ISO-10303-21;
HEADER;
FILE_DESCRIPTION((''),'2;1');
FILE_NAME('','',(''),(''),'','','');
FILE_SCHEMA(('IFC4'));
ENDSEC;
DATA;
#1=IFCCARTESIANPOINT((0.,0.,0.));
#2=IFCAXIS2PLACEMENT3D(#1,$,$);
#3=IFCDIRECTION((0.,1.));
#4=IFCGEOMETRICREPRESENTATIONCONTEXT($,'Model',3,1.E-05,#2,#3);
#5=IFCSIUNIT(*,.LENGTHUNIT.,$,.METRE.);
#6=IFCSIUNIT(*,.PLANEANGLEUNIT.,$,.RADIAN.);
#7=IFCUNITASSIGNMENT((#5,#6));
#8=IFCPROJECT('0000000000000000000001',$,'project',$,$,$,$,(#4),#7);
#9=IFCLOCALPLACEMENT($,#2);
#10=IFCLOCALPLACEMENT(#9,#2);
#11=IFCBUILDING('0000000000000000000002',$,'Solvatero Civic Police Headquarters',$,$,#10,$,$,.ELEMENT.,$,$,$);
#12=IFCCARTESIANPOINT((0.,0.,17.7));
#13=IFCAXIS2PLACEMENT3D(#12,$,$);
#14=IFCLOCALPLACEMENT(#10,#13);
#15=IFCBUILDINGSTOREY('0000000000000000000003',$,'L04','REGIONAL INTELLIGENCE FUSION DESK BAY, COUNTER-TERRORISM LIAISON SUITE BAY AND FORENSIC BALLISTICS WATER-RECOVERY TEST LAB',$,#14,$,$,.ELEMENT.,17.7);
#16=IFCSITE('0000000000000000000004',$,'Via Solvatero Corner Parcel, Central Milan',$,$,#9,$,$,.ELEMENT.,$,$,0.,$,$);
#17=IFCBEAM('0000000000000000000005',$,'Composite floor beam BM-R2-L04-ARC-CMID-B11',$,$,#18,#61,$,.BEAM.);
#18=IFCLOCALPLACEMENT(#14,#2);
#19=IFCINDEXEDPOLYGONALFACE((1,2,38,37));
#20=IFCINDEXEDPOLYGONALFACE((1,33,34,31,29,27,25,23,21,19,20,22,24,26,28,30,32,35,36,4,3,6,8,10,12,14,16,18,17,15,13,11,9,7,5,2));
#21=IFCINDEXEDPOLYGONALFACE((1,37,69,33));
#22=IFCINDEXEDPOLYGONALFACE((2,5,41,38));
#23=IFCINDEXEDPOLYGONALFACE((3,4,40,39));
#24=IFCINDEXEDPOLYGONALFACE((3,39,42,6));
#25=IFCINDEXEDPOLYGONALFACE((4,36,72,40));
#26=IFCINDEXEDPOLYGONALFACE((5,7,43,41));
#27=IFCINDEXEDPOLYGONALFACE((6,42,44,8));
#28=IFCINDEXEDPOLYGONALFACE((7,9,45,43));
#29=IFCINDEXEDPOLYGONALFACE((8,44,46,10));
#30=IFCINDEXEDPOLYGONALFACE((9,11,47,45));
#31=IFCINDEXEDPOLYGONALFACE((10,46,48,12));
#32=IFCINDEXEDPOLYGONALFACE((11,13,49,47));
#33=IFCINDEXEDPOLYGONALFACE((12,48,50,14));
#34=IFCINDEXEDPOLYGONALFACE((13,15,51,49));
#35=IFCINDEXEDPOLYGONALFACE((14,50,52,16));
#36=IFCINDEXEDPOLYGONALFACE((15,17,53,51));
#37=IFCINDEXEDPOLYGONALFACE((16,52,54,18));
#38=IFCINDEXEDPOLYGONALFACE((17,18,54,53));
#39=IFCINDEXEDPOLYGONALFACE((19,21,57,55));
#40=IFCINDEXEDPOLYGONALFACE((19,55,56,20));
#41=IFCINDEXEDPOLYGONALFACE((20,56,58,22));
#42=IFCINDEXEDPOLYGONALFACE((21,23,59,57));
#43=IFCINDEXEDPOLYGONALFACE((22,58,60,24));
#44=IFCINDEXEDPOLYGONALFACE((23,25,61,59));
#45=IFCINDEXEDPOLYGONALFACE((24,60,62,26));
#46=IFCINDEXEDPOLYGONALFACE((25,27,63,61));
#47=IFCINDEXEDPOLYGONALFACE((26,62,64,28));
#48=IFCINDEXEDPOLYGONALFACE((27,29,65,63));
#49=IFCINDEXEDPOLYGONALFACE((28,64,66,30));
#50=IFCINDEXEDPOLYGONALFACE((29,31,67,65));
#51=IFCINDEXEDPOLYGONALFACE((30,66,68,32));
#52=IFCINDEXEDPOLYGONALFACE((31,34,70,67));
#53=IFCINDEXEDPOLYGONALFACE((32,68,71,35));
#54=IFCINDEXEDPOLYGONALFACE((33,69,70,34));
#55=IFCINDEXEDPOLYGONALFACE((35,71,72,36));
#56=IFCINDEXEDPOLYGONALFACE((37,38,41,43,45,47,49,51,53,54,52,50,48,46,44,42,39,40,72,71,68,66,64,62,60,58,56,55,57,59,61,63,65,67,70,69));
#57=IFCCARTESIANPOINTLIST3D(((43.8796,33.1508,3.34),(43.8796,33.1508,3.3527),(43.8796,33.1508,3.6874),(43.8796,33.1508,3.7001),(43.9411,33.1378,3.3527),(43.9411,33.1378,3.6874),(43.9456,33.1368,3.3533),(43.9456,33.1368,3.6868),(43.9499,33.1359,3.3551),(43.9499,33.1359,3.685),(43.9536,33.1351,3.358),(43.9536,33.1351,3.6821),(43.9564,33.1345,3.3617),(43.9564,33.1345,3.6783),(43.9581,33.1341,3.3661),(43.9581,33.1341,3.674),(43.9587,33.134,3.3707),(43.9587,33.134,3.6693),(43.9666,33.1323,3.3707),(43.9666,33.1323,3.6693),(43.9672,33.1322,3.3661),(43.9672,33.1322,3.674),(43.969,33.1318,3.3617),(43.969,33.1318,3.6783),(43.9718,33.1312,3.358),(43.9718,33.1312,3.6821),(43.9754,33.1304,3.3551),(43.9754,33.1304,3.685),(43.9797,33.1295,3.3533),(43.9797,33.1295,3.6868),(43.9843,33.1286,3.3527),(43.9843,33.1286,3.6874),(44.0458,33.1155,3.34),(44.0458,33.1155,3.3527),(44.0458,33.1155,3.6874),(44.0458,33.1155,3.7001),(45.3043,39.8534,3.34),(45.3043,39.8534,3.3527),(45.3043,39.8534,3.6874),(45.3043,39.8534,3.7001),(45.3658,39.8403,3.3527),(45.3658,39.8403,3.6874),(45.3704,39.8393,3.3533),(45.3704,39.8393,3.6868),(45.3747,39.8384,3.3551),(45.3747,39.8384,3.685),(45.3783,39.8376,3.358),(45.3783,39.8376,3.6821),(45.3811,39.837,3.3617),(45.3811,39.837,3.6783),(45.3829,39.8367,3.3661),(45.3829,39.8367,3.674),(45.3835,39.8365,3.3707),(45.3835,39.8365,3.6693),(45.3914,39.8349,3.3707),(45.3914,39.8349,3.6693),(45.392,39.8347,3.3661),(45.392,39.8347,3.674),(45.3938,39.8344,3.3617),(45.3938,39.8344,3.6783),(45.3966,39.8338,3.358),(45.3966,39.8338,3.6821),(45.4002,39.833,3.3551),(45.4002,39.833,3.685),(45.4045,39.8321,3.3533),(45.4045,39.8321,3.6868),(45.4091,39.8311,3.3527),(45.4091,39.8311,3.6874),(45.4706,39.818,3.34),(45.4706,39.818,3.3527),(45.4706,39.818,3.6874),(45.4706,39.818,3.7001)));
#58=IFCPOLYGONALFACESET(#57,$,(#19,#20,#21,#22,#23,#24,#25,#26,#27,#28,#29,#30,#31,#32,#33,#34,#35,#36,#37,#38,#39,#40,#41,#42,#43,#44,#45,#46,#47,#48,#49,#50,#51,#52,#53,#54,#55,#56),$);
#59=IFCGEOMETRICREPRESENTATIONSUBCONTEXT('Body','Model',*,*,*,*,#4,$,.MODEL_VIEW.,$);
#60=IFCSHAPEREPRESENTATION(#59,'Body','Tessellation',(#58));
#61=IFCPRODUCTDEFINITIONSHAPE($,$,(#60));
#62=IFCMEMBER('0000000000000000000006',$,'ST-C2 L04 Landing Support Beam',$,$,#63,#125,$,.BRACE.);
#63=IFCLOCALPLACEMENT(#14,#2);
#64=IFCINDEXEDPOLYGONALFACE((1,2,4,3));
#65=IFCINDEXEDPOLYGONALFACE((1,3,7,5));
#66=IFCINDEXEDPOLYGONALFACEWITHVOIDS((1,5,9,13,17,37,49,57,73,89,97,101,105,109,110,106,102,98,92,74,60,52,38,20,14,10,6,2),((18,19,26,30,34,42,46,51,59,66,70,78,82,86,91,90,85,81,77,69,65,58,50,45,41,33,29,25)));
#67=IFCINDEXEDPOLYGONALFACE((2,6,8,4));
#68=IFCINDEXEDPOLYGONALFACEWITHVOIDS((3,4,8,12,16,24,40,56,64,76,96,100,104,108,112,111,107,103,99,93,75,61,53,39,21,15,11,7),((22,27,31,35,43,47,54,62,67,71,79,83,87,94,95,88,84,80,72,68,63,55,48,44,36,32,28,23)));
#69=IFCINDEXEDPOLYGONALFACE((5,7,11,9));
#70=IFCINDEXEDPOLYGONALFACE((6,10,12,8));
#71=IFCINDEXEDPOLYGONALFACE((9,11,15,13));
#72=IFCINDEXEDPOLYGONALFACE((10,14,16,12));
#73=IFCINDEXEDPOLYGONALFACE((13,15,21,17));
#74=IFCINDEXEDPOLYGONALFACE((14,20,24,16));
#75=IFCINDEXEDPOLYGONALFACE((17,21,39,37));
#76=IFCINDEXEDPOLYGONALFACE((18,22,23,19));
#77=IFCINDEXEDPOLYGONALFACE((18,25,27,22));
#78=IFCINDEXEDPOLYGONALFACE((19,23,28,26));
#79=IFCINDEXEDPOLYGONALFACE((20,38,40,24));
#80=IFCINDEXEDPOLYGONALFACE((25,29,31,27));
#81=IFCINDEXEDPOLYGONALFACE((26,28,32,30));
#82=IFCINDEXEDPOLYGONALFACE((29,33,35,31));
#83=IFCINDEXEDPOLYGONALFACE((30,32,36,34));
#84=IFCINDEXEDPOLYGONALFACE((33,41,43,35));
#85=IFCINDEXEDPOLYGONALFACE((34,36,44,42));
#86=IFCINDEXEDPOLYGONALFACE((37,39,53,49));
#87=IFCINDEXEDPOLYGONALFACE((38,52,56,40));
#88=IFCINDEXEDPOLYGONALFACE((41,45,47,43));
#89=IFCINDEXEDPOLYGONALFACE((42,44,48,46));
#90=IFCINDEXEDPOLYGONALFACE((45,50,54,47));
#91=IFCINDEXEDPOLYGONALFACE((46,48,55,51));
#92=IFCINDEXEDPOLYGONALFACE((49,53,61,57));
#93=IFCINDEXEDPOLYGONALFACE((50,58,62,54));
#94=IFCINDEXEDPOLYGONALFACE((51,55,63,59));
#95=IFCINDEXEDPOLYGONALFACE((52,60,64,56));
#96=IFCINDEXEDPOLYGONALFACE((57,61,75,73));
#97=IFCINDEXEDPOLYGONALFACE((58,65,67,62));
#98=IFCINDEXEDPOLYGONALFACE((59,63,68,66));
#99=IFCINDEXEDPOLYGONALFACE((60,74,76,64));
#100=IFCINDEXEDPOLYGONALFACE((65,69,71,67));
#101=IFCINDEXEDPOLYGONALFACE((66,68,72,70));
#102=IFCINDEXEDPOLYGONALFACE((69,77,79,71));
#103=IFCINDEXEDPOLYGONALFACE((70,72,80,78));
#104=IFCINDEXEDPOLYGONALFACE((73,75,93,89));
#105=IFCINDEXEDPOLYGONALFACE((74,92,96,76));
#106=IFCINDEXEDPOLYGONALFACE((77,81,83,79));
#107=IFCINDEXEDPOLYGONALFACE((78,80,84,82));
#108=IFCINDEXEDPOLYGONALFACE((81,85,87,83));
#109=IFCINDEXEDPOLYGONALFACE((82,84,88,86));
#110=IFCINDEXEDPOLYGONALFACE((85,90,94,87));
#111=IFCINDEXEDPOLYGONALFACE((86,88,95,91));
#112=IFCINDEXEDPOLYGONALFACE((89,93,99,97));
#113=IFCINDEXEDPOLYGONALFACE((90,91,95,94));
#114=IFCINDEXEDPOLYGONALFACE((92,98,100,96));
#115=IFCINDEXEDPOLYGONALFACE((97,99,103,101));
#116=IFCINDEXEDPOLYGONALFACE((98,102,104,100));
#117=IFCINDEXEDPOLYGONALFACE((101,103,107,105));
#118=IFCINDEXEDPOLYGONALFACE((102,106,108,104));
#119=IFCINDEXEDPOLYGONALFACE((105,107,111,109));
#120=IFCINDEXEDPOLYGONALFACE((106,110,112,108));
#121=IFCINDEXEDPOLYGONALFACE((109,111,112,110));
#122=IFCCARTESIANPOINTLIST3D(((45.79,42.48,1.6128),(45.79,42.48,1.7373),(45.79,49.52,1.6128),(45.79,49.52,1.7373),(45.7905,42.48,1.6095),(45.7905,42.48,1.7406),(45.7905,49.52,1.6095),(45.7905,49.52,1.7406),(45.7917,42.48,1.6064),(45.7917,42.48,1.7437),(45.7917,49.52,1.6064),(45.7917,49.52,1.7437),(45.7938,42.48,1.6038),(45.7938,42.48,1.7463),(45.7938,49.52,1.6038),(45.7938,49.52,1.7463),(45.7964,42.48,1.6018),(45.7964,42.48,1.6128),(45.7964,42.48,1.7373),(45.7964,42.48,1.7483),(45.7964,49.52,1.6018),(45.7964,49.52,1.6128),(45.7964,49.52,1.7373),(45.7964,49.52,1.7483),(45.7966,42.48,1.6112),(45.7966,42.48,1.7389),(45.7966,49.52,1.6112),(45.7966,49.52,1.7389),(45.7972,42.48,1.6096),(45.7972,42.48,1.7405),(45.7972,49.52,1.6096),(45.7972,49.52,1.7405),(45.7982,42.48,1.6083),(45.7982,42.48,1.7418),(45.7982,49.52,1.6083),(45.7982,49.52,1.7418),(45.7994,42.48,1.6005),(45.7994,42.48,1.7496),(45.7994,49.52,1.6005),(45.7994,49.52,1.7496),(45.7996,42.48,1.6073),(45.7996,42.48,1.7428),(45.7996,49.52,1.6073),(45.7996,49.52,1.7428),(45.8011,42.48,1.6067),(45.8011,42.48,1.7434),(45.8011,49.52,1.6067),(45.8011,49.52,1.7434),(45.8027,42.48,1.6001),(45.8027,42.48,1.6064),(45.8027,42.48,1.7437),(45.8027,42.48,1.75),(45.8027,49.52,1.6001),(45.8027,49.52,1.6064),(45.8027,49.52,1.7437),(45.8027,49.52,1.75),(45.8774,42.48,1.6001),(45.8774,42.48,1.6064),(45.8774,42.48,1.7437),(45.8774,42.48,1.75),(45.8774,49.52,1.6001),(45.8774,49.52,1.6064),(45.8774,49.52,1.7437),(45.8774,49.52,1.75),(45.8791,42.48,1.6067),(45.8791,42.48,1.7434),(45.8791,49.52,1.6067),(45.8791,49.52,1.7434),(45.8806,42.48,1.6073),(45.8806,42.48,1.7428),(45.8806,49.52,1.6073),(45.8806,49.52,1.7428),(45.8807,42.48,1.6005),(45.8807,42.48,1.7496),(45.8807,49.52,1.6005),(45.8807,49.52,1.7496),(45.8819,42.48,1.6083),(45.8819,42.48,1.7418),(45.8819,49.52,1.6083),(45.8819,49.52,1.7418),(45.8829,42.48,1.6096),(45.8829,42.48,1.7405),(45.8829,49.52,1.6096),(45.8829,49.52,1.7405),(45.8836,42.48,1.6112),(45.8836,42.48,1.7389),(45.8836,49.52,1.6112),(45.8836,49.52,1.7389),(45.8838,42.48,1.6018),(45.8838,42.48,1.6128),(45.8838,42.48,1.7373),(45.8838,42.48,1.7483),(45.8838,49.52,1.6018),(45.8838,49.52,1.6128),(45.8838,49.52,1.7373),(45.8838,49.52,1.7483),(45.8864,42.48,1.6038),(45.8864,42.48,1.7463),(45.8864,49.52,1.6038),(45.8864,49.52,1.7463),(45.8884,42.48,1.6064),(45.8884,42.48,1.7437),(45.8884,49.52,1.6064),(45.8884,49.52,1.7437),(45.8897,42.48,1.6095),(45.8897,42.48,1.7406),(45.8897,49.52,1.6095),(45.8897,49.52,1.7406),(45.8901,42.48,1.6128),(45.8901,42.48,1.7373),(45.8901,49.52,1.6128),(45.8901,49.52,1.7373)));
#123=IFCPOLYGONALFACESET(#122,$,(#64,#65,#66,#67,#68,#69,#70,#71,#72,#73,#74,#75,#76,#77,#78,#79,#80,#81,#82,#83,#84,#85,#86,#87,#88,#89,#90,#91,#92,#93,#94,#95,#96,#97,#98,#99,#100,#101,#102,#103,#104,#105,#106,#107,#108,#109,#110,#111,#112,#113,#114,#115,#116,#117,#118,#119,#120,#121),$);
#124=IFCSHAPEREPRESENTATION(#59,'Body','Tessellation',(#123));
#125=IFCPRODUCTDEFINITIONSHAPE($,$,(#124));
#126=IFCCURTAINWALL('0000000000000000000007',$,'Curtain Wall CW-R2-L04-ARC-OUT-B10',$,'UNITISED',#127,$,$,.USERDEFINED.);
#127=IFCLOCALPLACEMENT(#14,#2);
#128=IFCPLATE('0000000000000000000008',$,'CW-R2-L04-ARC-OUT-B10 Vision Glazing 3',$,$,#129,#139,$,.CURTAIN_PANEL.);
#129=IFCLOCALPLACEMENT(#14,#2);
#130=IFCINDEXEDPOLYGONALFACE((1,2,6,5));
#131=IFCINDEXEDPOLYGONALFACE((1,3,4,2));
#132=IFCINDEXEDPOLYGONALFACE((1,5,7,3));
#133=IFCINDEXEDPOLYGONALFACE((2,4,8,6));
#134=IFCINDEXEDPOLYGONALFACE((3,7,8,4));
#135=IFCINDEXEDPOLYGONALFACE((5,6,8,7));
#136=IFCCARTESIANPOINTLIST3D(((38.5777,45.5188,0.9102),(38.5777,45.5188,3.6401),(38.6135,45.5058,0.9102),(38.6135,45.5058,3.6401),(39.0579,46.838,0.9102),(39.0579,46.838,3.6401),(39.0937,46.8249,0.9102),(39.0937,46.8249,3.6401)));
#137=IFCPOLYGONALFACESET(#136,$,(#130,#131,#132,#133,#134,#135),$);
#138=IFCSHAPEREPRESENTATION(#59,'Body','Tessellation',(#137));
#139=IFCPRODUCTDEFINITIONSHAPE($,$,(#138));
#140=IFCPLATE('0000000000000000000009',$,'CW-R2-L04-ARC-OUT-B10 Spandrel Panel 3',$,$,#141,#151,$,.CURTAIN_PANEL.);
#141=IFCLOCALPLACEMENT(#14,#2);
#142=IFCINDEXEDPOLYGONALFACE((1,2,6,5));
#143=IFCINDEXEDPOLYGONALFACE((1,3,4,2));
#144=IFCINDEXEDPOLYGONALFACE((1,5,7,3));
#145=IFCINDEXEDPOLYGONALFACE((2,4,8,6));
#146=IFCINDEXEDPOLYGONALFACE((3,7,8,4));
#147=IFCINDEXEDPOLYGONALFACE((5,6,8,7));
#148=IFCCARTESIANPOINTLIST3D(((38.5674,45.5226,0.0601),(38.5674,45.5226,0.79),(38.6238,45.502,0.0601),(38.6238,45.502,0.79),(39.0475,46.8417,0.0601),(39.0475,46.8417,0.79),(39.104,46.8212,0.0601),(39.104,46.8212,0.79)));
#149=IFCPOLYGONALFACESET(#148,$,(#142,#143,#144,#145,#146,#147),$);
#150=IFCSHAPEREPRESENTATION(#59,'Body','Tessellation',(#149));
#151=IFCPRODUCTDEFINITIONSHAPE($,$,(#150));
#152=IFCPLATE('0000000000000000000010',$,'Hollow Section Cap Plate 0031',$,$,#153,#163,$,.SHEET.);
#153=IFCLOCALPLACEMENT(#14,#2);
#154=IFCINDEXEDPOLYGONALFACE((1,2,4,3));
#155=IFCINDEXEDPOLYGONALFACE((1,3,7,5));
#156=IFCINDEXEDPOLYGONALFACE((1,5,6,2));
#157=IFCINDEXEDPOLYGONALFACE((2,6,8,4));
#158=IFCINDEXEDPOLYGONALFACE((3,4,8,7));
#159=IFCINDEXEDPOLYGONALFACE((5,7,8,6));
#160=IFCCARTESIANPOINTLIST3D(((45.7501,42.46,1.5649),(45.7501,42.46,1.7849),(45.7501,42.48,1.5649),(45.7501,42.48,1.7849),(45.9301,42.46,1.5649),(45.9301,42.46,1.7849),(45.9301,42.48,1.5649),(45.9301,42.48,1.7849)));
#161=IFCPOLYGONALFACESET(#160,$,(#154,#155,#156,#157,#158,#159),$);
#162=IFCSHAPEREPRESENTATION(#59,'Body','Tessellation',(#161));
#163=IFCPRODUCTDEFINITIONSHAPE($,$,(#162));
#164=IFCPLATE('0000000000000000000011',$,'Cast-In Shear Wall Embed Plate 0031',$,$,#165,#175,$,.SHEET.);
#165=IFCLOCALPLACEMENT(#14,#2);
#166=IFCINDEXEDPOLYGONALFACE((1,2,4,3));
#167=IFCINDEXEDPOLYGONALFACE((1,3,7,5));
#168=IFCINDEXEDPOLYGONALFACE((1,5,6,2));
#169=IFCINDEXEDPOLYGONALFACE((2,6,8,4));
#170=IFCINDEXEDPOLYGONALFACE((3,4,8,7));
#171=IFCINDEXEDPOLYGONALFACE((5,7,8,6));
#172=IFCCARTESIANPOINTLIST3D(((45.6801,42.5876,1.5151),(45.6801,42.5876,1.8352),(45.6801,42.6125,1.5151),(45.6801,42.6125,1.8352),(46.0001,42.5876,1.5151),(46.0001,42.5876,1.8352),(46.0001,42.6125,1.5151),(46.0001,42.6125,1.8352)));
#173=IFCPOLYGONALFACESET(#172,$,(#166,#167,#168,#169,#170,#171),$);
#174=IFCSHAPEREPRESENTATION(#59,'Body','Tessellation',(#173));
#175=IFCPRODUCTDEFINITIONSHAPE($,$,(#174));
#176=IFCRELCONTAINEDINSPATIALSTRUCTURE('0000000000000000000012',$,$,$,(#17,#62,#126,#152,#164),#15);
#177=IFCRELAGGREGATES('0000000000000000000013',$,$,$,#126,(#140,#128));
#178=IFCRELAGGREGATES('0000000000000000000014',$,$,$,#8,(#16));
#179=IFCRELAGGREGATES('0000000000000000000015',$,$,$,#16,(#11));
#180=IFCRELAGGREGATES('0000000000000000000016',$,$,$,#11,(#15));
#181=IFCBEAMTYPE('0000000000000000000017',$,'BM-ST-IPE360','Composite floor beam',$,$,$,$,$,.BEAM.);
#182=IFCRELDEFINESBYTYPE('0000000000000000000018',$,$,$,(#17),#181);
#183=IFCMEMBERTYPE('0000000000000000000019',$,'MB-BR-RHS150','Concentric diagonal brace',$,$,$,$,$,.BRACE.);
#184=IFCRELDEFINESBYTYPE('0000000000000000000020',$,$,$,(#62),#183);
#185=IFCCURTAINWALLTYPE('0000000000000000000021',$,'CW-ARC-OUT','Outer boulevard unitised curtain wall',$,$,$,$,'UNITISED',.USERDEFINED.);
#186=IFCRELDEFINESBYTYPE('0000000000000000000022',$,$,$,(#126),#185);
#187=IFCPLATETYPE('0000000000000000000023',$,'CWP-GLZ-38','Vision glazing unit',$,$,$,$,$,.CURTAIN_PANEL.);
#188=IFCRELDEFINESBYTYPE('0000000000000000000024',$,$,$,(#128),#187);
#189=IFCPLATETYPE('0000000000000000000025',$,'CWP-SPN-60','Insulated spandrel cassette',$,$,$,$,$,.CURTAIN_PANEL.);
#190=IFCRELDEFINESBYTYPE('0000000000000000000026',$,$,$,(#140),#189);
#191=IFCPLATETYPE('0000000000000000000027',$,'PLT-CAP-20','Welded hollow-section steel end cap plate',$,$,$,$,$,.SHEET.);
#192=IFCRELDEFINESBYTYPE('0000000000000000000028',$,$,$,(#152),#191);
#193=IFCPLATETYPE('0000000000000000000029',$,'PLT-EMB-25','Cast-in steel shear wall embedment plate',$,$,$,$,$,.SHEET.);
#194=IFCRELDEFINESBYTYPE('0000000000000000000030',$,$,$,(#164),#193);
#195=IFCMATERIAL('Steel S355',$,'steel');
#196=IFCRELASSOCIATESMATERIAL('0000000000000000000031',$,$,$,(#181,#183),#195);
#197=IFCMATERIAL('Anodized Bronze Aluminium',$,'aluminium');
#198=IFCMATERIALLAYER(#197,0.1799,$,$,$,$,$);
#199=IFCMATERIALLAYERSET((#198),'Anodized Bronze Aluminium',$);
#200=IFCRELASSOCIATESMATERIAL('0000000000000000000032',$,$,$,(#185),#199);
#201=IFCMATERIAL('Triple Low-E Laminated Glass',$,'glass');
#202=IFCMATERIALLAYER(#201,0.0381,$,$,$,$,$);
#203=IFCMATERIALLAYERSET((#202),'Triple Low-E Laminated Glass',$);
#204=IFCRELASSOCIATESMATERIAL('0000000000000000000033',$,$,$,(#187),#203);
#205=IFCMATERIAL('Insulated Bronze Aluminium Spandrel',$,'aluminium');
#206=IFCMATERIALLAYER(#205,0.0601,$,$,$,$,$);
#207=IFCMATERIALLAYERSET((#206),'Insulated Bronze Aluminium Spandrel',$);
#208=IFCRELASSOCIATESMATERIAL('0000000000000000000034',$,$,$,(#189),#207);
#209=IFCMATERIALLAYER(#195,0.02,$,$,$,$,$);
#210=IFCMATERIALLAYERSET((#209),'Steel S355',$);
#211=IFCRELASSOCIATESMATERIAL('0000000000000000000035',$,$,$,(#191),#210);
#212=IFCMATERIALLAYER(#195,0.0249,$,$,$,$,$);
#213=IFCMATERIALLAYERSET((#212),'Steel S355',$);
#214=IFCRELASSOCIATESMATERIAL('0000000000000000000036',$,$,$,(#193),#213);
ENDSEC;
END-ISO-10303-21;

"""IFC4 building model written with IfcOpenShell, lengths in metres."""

from ifc_helpers import new_model, si_unit, direction, frame, origin, origin_2d, place, context, subcontext, project, spatial, rectangle, hollow_rectangle, i_section, extrude, material, layer, layer_set, material_profile, profile_set, type_object, element, aggregate, save


model = new_model("IFC4")

# Units and contexts
model_context = context("Model", 3, precision=1e-05, world=origin(), true_north=direction((0.0, 1.0)))
body_context = subcontext(model_context, "Body", "Model", "MODEL_VIEW")
ifc_project = project(units=[si_unit("LENGTHUNIT", "METRE"), si_unit("PLANEANGLEUNIT", "RADIAN")], contexts=[model_context])

# Site, building, storey
site_placement = place(None, origin())
site = spatial("IfcSite", under=ifc_project, at=site_placement, Name="Via Solvatero Corner Parcel, Central Milan", CompositionType="ELEMENT", RefElevation=0.0)
building_placement = place(site_placement, origin())
building = spatial("IfcBuilding", under=site, at=building_placement, Name="Solvatero Civic Police Headquarters", CompositionType="ELEMENT")
storey_placement = place(building_placement, frame((0.0, 0.0, 17.7)))
storey = spatial("IfcBuildingStorey", under=building, at=storey_placement, Name="L04", Description="REGIONAL INTELLIGENCE FUSION DESK BAY, COUNTER-TERRORISM LIAISON SUITE BAY AND FORENSIC BALLISTICS WATER-RECOVERY TEST LAB", CompositionType="ELEMENT", Elevation=17.7)

# Shared definitions
ifc_material_1 = material(Name="Steel S355", Category="steel")

# Beam
ifc_material_profile_1 = material_profile(ifc_material_1, i_section(OverallWidth=0.1699, OverallDepth=0.3601, WebThickness=0.0081, FlangeThickness=0.0127, FilletRadius=0.0181, at=origin_2d()), Name="IPE 360")
ifc_profile_set_1 = profile_set([ifc_material_profile_1], Name="Steel S355")
beam_type_1 = type_object("IfcBeamType", Name="BM-ST-IPE360", Description="Composite floor beam", PredefinedType="BEAM", material=ifc_profile_set_1)
beam_1_placement = place(storey_placement, frame((45.3875, 39.8357, 3.52), z_axis=(-0.207928, -0.978144, 0.0), x_axis=(0.978144, -0.207928, 0.0)))
element("IfcBeam", 1, at=beam_1_placement, inside=storey, type_object=beam_type_1, Name="Composite floor beam BM-R2-L04-ARC-CMID-B11", PredefinedType="BEAM", context=body_context, shape_type="SweptSolid", body=[
    extrude(i_section(OverallWidth=0.1699, OverallDepth=0.3601, WebThickness=0.0081, FlangeThickness=0.0127, FilletRadius=0.0181, at=origin_2d()), origin(), (0.0, 0.0, 1.0), 6.8523),
])

# Member
ifc_material_profile_2 = material_profile(ifc_material_1, hollow_rectangle(XDim=0.1001, YDim=0.1499, WallThickness=0.0063, InnerFilletRadius=0.0063, OuterFilletRadius=0.0127, at=origin_2d()), Name="RHS 150x100x6.3")
ifc_profile_set_2 = profile_set([ifc_material_profile_2], Name="Steel S355")
member_type = type_object("IfcMemberType", Name="MB-BR-RHS150", Description="Concentric diagonal brace", PredefinedType="BRACE", material=ifc_profile_set_2)
member_placement = place(storey_placement, frame((45.8401, 42.48, 1.675), z_axis=(0.0, 1.0, 0.0), x_axis=(-1.0, 0.0, 0.0)))
element("IfcMember", 2, at=member_placement, inside=storey, type_object=member_type, Name="ST-C2 L04 Landing Support Beam", PredefinedType="BRACE", context=body_context, shape_type="SweptSolid", body=[
    extrude(hollow_rectangle(XDim=0.1001, YDim=0.1499, WallThickness=0.0063, InnerFilletRadius=0.0063, OuterFilletRadius=0.0127, at=origin_2d()), origin(), (0.0, 0.0, 1.0), 7.04),
])

# Curtain wall, plates
ifc_material_2 = material(Name="Anodized Bronze Aluminium", Category="aluminium")
ifc_layer_1 = layer(ifc_material_2, 0.1799)
ifc_layer_set_1 = layer_set([ifc_layer_1], Name="Anodized Bronze Aluminium")
curtain_wall_type = type_object("IfcCurtainWallType", Name="CW-ARC-OUT", Description="Outer boulevard unitised curtain wall", ElementType="UNITISED", PredefinedType="USERDEFINED", material=ifc_layer_set_1)
curtain_wall_placement = place(storey_placement, origin())
curtain_wall = element("IfcCurtainWall", 3, at=curtain_wall_placement, inside=storey, type_object=curtain_wall_type, Name="Curtain Wall CW-R2-L04-ARC-OUT-B10", ObjectType="UNITISED", PredefinedType="USERDEFINED")
ifc_material_3 = material(Name="Triple Low-E Laminated Glass", Category="glass")
ifc_layer_2 = layer(ifc_material_3, 0.0381)
ifc_layer_set_2 = layer_set([ifc_layer_2], Name="Triple Low-E Laminated Glass")
plate_type_1 = type_object("IfcPlateType", Name="CWP-GLZ-38", Description="Vision glazing unit", PredefinedType="CURTAIN_PANEL", material=ifc_layer_set_2)
plate_1_placement = place(storey_placement, frame((38.8357, 46.1719, 0.9102), z_axis=(0.0, 0.0, 1.0), x_axis=(-0.34202, -0.939693, 0.0)))
plate_1 = element("IfcPlate", 4, at=plate_1_placement, type_object=plate_type_1, Name="CW-R2-L04-ARC-OUT-B10 Vision Glazing 3", PredefinedType="CURTAIN_PANEL", context=body_context, shape_type="SweptSolid", body=[
    extrude(rectangle(XDim=1.4038, YDim=0.0381, at=origin_2d()), origin(), (0.0, 0.0, 1.0), 2.73),
])
ifc_material_4 = material(Name="Insulated Bronze Aluminium Spandrel", Category="aluminium")
ifc_layer_3 = layer(ifc_material_4, 0.0601)
ifc_layer_set_3 = layer_set([ifc_layer_3], Name="Insulated Bronze Aluminium Spandrel")
plate_type_2 = type_object("IfcPlateType", Name="CWP-SPN-60", Description="Insulated spandrel cassette", PredefinedType="CURTAIN_PANEL", material=ifc_layer_set_3)
plate_2_placement = place(storey_placement, frame((38.8357, 46.1719, 0.0601), z_axis=(0.0, 0.0, 1.0), x_axis=(-0.34202, -0.939693, 0.0)))
plate_2 = element("IfcPlate", 5, at=plate_2_placement, type_object=plate_type_2, Name="CW-R2-L04-ARC-OUT-B10 Spandrel Panel 3", PredefinedType="CURTAIN_PANEL", context=body_context, shape_type="SweptSolid", body=[
    extrude(rectangle(XDim=1.4038, YDim=0.0601, at=origin_2d()), origin(), (0.0, 0.0, 1.0), 0.73),
])
aggregate(curtain_wall, [plate_2, plate_1])

# Plates
ifc_layer_4 = layer(ifc_material_1, 0.02)
ifc_layer_set_4 = layer_set([ifc_layer_4], Name="Steel S355")
plate_type_3 = type_object("IfcPlateType", Name="PLT-CAP-20", Description="Welded hollow-section steel end cap plate", PredefinedType="SHEET", material=ifc_layer_set_4)
plate_3_placement = place(storey_placement, frame((45.8401, 42.47, 1.5649), z_axis=(0.0, 0.0, 1.0), x_axis=(1.0, 0.0, 0.0)))
element("IfcPlate", 6, at=plate_3_placement, inside=storey, type_object=plate_type_3, Name="Hollow Section Cap Plate 0031", PredefinedType="SHEET", context=body_context, shape_type="SweptSolid", body=[
    extrude(rectangle(XDim=0.1799, YDim=0.02, at=origin_2d()), origin(), (0.0, 0.0, 1.0), 0.22),
])
ifc_layer_5 = layer(ifc_material_1, 0.0249)
ifc_layer_set_5 = layer_set([ifc_layer_5], Name="Steel S355")
plate_type_4 = type_object("IfcPlateType", Name="PLT-EMB-25", Description="Cast-in steel shear wall embedment plate", PredefinedType="SHEET", material=ifc_layer_set_5)
plate_4_placement = place(storey_placement, frame((45.8401, 42.6001, 1.5151), z_axis=(0.0, 0.0, 1.0), x_axis=(1.0, 0.0, 0.0)))
element("IfcPlate", 7, at=plate_4_placement, inside=storey, type_object=plate_type_4, Name="Cast-In Shear Wall Embed Plate 0031", PredefinedType="SHEET", context=body_context, shape_type="SweptSolid", body=[
    extrude(rectangle(XDim=0.3201, YDim=0.0249, at=origin_2d()), origin(), (0.0, 0.0, 1.0), 0.3201),
])

save(model, "model.ifc")
